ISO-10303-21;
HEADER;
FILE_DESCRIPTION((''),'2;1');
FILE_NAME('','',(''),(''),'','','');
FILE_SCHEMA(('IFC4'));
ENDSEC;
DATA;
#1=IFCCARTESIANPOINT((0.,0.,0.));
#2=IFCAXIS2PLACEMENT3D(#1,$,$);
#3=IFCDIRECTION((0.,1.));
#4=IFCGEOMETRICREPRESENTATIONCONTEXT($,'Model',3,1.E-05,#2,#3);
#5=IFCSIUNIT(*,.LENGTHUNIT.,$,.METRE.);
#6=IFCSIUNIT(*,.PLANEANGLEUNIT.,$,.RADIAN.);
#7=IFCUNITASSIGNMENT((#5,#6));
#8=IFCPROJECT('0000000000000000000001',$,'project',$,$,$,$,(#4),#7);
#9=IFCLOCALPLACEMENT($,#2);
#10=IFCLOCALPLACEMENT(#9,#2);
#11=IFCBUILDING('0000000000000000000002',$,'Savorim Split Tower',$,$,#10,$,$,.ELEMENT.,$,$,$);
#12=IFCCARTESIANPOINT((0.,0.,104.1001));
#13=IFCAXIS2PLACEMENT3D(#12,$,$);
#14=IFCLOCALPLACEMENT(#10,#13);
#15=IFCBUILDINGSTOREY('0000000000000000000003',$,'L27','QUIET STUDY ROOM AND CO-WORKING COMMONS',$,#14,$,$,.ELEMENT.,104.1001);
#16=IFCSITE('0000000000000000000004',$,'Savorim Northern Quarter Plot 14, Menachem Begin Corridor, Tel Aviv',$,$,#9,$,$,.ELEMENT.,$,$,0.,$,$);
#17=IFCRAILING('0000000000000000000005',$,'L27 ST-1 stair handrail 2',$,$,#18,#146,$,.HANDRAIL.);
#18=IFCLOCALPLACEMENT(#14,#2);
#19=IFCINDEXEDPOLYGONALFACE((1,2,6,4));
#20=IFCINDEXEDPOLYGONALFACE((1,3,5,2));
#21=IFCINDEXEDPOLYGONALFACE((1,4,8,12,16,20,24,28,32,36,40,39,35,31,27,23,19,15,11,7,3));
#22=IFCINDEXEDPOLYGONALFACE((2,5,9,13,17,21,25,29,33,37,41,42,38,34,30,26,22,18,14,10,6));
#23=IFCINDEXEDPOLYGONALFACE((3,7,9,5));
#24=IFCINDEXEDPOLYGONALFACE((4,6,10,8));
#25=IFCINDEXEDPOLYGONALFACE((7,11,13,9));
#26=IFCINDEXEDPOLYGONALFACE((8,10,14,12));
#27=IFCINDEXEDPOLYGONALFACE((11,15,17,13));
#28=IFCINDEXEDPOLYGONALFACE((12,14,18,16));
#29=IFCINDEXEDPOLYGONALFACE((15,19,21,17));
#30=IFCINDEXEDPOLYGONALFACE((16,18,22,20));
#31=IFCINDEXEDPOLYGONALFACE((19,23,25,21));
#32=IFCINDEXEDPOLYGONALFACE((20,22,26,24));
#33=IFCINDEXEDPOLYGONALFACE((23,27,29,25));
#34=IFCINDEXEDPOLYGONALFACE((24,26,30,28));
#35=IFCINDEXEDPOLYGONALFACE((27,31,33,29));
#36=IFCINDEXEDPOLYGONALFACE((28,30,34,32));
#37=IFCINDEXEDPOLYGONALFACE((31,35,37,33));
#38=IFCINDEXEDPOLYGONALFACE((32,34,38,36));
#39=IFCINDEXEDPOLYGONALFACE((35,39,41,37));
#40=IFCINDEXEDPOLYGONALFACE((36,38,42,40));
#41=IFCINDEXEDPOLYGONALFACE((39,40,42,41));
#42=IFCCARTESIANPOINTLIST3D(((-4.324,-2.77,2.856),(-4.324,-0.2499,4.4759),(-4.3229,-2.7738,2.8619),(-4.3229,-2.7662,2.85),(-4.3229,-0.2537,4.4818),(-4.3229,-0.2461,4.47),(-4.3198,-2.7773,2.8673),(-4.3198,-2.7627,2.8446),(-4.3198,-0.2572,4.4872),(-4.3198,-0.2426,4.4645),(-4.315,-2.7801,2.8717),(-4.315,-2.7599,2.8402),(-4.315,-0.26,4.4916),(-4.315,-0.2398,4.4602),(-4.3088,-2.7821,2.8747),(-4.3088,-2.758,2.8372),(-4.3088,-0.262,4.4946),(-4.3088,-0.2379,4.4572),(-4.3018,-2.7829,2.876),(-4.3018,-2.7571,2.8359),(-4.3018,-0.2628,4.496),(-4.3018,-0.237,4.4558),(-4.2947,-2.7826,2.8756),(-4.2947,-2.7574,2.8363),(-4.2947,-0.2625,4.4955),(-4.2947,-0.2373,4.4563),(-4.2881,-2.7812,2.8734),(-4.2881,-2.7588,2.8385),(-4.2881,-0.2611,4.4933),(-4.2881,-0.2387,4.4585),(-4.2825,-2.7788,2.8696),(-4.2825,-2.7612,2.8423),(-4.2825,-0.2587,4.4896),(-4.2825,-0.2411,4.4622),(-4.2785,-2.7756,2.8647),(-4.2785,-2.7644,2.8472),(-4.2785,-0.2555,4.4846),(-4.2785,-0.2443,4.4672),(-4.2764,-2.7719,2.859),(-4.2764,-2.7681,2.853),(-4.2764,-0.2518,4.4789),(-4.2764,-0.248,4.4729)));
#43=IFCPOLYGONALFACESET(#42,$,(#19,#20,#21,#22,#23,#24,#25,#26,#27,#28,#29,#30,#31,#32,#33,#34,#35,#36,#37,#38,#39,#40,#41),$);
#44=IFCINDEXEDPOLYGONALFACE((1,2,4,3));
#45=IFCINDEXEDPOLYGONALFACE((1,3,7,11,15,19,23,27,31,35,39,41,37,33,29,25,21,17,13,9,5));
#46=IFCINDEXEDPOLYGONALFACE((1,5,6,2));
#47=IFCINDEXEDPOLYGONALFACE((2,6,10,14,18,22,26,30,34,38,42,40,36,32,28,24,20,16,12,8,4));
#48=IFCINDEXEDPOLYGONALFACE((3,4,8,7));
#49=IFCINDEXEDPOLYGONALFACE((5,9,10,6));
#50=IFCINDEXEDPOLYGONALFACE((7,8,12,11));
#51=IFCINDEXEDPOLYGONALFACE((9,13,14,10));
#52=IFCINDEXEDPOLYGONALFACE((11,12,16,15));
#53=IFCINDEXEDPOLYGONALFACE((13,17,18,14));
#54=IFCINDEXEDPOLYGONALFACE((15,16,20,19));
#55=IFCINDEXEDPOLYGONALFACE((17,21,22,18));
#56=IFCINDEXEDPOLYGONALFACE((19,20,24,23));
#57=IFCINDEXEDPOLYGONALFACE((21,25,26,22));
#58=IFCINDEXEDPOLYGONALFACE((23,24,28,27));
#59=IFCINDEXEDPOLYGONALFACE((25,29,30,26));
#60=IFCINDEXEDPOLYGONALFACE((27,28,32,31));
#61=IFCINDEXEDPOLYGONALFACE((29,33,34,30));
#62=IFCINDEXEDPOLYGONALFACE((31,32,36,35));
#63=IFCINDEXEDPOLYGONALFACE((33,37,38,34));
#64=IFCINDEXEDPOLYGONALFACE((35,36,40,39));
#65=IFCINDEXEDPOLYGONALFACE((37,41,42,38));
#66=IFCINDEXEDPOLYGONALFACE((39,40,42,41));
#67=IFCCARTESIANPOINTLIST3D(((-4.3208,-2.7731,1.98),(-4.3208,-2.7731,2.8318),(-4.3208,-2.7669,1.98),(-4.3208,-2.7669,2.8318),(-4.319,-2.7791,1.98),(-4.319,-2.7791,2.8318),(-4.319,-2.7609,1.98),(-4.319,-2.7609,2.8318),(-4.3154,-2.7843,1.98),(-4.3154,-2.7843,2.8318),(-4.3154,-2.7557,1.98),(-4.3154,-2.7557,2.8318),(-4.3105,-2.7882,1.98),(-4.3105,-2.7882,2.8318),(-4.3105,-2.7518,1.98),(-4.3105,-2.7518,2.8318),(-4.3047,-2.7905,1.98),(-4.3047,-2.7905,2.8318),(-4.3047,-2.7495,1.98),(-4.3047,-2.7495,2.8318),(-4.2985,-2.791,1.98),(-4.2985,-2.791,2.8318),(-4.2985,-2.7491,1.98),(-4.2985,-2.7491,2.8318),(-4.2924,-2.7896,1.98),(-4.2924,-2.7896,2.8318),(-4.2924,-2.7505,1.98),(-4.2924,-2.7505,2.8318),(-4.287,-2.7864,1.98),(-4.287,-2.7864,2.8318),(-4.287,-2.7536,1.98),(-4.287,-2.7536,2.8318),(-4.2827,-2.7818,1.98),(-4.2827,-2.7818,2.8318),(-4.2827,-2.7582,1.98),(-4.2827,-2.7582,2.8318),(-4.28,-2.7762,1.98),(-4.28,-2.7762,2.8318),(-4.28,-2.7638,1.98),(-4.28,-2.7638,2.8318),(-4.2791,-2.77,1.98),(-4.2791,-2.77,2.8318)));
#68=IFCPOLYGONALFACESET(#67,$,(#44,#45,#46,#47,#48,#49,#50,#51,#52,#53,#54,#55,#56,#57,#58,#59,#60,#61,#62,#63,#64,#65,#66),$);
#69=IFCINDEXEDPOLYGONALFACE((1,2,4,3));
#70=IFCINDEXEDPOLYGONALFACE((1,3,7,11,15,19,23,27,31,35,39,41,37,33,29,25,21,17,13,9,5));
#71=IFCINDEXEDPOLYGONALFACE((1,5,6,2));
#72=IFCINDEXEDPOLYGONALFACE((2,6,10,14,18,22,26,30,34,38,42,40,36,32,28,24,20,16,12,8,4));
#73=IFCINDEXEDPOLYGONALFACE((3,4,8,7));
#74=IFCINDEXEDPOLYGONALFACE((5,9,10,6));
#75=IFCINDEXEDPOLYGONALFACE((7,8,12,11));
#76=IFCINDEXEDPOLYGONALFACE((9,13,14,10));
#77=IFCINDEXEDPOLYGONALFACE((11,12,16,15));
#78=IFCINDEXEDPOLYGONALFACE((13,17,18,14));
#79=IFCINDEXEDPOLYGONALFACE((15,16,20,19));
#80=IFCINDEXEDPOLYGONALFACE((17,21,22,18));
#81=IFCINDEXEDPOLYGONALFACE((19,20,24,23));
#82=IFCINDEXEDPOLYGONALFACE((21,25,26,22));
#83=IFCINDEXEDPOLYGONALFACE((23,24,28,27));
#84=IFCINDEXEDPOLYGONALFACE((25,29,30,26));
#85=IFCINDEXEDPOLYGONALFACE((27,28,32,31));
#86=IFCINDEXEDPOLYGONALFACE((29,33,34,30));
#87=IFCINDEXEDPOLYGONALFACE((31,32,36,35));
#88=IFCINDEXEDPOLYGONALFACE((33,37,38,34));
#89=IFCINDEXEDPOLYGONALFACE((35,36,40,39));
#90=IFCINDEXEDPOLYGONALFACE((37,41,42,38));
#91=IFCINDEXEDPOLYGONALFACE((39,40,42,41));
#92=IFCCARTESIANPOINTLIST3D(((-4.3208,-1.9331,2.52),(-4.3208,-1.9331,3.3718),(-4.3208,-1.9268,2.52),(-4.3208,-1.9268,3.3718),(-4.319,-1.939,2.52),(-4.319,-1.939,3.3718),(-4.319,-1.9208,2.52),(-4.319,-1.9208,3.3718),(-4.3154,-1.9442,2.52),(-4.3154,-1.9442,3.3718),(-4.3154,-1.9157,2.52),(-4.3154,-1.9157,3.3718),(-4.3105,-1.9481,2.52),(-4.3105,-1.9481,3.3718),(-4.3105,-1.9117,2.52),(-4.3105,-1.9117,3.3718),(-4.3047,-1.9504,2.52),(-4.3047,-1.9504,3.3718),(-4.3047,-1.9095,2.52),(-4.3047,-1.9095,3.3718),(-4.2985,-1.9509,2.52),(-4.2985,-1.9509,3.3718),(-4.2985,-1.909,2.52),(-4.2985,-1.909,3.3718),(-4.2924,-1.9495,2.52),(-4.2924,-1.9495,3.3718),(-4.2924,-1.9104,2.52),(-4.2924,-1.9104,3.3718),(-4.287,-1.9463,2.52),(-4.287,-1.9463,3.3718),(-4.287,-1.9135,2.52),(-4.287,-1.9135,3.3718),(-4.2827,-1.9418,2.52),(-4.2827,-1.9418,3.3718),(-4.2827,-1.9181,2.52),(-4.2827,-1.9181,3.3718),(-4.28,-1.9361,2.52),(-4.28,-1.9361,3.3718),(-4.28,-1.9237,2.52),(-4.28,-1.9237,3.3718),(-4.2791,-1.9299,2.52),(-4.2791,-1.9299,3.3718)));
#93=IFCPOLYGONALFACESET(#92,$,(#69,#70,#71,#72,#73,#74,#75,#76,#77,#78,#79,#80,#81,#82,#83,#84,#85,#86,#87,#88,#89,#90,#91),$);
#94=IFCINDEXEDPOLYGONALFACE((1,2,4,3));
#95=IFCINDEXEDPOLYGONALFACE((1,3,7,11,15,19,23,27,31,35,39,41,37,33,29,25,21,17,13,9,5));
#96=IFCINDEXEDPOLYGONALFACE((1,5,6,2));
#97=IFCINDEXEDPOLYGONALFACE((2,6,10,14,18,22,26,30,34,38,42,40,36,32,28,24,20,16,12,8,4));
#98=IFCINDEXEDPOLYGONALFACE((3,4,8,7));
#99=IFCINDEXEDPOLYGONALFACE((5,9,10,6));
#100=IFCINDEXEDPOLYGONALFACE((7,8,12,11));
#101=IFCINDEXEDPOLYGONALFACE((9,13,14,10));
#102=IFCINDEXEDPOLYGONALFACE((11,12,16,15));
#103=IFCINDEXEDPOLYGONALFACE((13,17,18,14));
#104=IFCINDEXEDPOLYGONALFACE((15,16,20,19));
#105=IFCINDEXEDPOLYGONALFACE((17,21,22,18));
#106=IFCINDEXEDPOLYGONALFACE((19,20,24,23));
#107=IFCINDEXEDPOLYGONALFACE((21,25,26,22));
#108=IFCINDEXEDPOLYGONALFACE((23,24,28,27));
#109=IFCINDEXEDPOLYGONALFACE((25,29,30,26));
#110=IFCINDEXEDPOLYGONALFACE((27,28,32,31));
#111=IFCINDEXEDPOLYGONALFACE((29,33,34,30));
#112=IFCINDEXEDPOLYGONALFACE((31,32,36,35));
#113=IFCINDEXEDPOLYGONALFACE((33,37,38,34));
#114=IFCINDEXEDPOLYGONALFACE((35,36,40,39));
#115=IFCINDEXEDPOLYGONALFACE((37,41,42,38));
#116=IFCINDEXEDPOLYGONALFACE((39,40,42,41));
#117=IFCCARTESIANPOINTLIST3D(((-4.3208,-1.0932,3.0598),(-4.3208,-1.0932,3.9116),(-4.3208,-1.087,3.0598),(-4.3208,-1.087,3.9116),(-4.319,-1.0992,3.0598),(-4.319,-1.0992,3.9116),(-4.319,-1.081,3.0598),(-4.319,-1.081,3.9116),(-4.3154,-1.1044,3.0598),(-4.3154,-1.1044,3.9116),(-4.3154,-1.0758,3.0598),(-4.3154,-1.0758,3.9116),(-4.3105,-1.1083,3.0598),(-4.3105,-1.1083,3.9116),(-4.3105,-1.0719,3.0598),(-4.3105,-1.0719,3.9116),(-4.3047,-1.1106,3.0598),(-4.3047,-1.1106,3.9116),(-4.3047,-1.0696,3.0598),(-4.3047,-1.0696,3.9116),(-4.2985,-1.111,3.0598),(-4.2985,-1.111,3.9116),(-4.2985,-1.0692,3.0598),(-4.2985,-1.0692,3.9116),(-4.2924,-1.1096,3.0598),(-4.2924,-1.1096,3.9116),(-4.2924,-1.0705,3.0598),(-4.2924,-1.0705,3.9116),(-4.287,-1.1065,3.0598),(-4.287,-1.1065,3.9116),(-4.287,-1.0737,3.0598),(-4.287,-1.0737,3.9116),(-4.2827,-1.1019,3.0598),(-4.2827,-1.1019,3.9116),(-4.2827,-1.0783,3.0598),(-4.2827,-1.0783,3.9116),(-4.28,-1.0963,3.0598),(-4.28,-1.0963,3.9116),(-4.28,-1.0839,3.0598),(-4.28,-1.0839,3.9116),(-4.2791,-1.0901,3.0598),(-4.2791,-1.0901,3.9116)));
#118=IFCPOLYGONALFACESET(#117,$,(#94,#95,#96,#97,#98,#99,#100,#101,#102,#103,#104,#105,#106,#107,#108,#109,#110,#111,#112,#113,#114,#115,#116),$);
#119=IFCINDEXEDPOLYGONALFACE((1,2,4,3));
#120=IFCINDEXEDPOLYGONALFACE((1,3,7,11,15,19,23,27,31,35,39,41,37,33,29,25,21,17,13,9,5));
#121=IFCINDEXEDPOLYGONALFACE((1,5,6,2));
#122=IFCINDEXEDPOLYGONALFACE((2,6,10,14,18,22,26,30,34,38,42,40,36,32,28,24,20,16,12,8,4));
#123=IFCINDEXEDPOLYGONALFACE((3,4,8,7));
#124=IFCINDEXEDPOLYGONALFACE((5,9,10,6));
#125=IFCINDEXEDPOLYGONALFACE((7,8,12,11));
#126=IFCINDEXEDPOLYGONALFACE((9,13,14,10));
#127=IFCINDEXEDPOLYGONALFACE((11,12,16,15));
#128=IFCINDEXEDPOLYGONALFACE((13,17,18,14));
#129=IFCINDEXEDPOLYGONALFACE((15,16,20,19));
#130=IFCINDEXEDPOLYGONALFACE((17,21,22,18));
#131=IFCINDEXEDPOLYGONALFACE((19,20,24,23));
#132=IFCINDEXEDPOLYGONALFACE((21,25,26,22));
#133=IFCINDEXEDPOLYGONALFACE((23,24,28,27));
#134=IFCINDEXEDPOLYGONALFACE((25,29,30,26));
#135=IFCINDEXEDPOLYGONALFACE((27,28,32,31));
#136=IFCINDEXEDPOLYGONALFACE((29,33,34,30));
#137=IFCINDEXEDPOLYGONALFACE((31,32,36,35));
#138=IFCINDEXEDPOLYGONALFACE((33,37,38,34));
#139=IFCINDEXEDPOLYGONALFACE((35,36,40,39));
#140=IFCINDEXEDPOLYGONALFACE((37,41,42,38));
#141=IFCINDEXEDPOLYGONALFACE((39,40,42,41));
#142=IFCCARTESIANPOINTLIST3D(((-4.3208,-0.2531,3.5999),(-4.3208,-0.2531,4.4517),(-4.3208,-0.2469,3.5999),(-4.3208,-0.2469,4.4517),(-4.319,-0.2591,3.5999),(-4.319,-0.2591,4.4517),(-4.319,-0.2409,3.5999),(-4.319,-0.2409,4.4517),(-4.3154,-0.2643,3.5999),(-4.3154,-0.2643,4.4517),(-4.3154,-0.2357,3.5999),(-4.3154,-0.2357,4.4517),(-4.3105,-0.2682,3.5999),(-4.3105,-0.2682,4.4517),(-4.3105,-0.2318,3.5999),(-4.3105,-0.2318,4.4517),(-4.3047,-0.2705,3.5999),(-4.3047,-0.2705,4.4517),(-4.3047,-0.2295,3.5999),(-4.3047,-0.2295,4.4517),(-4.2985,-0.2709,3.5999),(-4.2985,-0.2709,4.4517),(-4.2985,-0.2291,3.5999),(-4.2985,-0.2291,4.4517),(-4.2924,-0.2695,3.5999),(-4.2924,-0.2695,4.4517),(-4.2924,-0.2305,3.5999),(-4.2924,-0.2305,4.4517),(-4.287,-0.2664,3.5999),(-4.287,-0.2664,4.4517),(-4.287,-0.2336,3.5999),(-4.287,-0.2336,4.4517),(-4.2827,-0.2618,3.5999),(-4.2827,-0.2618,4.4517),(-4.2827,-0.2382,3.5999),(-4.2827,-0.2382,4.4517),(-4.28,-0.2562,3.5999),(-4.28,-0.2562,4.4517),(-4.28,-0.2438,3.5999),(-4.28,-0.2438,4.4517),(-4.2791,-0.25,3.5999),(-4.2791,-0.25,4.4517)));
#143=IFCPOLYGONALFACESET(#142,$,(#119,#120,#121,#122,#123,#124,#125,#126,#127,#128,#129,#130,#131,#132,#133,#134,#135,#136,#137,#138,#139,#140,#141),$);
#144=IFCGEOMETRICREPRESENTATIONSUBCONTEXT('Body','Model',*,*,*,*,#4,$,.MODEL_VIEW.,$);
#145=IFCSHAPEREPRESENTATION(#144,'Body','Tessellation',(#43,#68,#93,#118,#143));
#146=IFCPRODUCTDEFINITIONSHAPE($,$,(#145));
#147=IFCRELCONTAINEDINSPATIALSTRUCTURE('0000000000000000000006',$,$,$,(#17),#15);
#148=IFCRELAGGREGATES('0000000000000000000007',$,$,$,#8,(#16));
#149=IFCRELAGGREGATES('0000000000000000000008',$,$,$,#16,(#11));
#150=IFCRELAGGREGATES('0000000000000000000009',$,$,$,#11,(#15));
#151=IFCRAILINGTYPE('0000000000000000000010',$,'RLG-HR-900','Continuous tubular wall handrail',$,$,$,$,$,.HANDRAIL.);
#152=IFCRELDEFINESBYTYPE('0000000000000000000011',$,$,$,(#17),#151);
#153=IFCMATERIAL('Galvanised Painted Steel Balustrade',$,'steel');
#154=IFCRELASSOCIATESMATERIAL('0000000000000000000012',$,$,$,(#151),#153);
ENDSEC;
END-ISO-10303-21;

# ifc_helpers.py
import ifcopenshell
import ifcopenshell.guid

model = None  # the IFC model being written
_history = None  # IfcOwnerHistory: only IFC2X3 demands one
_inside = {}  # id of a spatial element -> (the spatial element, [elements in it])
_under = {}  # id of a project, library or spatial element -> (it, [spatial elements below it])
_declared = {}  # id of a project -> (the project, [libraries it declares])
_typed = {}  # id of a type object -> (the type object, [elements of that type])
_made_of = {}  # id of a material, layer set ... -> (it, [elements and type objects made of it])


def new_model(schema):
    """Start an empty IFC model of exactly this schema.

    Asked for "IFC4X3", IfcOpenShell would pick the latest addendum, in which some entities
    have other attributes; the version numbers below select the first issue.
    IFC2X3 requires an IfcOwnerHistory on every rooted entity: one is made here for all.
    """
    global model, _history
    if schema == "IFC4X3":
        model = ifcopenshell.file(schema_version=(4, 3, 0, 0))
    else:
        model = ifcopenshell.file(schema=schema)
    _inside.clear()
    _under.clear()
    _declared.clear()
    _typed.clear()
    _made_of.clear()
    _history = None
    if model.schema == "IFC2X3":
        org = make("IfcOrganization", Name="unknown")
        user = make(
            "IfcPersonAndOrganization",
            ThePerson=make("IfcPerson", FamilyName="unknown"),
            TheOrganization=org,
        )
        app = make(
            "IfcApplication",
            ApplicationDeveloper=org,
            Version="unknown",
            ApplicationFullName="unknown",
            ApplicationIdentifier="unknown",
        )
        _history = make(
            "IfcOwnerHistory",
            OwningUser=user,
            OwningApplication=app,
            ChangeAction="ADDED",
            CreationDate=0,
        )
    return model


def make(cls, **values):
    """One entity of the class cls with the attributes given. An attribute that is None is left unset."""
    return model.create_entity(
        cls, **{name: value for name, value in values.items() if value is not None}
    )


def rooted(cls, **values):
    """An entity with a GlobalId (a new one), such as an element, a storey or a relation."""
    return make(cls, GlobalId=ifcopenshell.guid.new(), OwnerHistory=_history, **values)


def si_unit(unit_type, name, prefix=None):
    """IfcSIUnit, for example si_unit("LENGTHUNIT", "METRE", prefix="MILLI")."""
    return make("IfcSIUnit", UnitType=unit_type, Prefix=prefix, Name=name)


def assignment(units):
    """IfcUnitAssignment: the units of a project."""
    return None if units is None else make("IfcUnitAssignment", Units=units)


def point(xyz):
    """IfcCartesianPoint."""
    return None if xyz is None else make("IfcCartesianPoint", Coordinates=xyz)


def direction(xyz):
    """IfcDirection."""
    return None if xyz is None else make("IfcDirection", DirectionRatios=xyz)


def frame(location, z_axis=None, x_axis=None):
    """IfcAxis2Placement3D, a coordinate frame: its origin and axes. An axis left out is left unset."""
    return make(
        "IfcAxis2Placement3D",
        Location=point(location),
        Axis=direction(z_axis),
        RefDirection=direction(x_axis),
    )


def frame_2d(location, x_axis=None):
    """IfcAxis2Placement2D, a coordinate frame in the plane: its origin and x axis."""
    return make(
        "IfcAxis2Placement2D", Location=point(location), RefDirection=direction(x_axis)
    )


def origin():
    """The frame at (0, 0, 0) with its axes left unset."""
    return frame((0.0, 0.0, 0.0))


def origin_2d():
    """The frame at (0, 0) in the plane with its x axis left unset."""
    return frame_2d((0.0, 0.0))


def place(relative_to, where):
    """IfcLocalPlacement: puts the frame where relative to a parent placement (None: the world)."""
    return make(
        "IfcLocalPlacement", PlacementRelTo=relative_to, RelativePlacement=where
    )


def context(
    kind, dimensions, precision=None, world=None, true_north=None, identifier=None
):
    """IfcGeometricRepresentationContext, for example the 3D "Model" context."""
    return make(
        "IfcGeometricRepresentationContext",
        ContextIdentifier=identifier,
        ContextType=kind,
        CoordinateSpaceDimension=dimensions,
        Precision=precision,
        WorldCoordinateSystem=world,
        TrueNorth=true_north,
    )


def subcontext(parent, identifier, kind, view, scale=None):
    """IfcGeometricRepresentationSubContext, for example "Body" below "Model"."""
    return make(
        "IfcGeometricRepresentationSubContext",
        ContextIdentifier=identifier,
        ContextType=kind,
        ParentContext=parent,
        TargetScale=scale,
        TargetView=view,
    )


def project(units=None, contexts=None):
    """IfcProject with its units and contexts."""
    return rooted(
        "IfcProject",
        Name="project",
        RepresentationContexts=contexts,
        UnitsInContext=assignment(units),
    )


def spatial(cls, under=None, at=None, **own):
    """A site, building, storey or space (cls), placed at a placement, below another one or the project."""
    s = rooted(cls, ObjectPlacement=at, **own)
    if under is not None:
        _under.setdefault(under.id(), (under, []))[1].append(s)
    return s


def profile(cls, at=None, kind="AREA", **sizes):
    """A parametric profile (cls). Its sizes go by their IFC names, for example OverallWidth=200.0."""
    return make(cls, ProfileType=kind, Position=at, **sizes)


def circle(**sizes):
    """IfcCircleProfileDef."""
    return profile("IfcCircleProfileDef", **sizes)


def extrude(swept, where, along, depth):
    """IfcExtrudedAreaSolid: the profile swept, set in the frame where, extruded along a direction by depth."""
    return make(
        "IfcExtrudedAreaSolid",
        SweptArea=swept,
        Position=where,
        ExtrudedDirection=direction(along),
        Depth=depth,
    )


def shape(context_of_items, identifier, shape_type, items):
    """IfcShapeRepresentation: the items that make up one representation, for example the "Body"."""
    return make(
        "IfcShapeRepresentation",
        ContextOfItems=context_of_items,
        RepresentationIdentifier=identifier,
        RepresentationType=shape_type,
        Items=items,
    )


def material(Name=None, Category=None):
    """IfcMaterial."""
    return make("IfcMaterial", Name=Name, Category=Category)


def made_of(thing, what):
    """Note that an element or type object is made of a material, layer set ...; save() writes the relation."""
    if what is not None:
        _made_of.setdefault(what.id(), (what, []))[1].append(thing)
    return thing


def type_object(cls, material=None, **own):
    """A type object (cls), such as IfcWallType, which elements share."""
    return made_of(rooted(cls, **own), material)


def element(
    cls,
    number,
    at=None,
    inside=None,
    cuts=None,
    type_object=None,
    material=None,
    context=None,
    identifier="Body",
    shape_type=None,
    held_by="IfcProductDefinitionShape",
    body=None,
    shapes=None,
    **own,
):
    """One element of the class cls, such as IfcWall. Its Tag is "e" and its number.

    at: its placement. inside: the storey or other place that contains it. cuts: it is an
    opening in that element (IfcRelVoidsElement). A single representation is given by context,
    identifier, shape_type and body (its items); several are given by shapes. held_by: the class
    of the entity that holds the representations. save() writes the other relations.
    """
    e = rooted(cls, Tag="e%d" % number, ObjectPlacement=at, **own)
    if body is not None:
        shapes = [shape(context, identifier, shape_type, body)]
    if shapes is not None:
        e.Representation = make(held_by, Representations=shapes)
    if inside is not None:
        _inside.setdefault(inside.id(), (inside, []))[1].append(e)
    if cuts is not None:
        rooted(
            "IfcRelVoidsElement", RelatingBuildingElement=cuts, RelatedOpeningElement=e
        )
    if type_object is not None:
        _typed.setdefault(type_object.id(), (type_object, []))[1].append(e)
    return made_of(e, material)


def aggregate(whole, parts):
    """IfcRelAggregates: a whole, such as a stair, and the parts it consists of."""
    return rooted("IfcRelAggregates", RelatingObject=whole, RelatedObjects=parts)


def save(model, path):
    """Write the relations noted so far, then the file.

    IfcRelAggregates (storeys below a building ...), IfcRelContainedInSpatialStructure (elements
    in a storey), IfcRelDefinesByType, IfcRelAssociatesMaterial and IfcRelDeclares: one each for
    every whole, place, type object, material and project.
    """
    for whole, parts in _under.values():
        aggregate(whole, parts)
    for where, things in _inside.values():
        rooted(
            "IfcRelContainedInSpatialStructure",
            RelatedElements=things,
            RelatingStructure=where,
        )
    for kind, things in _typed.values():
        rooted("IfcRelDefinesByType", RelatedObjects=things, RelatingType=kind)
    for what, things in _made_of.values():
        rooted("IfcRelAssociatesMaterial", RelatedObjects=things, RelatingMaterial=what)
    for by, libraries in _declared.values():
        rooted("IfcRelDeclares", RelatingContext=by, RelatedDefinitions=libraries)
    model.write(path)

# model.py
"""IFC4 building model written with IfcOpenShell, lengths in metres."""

from ifc_helpers import new_model, si_unit, direction, frame, origin, origin_2d, place, context, subcontext, project, spatial, circle, extrude, material, type_object, element, save


model = new_model("IFC4")

# Units and contexts
model_context = context("Model", 3, precision=1e-05, world=origin(), true_north=direction((0.0, 1.0)))
body_context = subcontext(model_context, "Body", "Model", "MODEL_VIEW")
ifc_project = project(units=[si_unit("LENGTHUNIT", "METRE"), si_unit("PLANEANGLEUNIT", "RADIAN")], contexts=[model_context])

# Site, building, storey
site_placement = place(None, origin())
site = spatial("IfcSite", under=ifc_project, at=site_placement, Name="Savorim Northern Quarter Plot 14, Menachem Begin Corridor, Tel Aviv", CompositionType="ELEMENT", RefElevation=0.0)
building_placement = place(site_placement, origin())
building = spatial("IfcBuilding", under=site, at=building_placement, Name="Savorim Split Tower", CompositionType="ELEMENT")
storey_placement = place(building_placement, frame((0.0, 0.0, 104.1001)))
storey = spatial("IfcBuildingStorey", under=building, at=storey_placement, Name="L27", Description="QUIET STUDY ROOM AND CO-WORKING COMMONS", CompositionType="ELEMENT", Elevation=104.1001)

# Railing
ifc_material_1 = material(Name="Galvanised Painted Steel Balustrade", Category="steel")
railing_type_1 = type_object("IfcRailingType", Name="RLG-HR-900", Description="Continuous tubular wall handrail", PredefinedType="HANDRAIL", material=ifc_material_1)
railing_1_placement = place(storey_placement, frame((-4.3, -2.77, 1.98)))
element("IfcRailing", 1, at=railing_1_placement, inside=storey, type_object=railing_type_1, Name="L27 ST-1 stair handrail 2", PredefinedType="HANDRAIL", context=body_context, shape_type="SweptSolid", body=[
    extrude(circle(Radius=0.0239, at=origin_2d()), frame((0.0, 0.0, 0.876), z_axis=(0.0, 0.8412, 0.540725), x_axis=(-1.0, 0.0, 0.0)), (0.0, 0.0, 1.0), 2.9958),
    extrude(circle(Radius=0.021, at=origin_2d()), origin(), (0.0, 0.0, 1.0), 0.8518),
    extrude(circle(Radius=0.021, at=origin_2d()), frame((0.0, 0.8401, 0.54)), (0.0, 0.0, 1.0), 0.8518),
    extrude(circle(Radius=0.021, at=origin_2d()), frame((0.0, 1.6799, 1.0798)), (0.0, 0.0, 1.0), 0.8518),
    extrude(circle(Radius=0.021, at=origin_2d()), frame((0.0, 2.52, 1.6199)), (0.0, 0.0, 1.0), 0.8518),
])

save(model, "model.ifc")
